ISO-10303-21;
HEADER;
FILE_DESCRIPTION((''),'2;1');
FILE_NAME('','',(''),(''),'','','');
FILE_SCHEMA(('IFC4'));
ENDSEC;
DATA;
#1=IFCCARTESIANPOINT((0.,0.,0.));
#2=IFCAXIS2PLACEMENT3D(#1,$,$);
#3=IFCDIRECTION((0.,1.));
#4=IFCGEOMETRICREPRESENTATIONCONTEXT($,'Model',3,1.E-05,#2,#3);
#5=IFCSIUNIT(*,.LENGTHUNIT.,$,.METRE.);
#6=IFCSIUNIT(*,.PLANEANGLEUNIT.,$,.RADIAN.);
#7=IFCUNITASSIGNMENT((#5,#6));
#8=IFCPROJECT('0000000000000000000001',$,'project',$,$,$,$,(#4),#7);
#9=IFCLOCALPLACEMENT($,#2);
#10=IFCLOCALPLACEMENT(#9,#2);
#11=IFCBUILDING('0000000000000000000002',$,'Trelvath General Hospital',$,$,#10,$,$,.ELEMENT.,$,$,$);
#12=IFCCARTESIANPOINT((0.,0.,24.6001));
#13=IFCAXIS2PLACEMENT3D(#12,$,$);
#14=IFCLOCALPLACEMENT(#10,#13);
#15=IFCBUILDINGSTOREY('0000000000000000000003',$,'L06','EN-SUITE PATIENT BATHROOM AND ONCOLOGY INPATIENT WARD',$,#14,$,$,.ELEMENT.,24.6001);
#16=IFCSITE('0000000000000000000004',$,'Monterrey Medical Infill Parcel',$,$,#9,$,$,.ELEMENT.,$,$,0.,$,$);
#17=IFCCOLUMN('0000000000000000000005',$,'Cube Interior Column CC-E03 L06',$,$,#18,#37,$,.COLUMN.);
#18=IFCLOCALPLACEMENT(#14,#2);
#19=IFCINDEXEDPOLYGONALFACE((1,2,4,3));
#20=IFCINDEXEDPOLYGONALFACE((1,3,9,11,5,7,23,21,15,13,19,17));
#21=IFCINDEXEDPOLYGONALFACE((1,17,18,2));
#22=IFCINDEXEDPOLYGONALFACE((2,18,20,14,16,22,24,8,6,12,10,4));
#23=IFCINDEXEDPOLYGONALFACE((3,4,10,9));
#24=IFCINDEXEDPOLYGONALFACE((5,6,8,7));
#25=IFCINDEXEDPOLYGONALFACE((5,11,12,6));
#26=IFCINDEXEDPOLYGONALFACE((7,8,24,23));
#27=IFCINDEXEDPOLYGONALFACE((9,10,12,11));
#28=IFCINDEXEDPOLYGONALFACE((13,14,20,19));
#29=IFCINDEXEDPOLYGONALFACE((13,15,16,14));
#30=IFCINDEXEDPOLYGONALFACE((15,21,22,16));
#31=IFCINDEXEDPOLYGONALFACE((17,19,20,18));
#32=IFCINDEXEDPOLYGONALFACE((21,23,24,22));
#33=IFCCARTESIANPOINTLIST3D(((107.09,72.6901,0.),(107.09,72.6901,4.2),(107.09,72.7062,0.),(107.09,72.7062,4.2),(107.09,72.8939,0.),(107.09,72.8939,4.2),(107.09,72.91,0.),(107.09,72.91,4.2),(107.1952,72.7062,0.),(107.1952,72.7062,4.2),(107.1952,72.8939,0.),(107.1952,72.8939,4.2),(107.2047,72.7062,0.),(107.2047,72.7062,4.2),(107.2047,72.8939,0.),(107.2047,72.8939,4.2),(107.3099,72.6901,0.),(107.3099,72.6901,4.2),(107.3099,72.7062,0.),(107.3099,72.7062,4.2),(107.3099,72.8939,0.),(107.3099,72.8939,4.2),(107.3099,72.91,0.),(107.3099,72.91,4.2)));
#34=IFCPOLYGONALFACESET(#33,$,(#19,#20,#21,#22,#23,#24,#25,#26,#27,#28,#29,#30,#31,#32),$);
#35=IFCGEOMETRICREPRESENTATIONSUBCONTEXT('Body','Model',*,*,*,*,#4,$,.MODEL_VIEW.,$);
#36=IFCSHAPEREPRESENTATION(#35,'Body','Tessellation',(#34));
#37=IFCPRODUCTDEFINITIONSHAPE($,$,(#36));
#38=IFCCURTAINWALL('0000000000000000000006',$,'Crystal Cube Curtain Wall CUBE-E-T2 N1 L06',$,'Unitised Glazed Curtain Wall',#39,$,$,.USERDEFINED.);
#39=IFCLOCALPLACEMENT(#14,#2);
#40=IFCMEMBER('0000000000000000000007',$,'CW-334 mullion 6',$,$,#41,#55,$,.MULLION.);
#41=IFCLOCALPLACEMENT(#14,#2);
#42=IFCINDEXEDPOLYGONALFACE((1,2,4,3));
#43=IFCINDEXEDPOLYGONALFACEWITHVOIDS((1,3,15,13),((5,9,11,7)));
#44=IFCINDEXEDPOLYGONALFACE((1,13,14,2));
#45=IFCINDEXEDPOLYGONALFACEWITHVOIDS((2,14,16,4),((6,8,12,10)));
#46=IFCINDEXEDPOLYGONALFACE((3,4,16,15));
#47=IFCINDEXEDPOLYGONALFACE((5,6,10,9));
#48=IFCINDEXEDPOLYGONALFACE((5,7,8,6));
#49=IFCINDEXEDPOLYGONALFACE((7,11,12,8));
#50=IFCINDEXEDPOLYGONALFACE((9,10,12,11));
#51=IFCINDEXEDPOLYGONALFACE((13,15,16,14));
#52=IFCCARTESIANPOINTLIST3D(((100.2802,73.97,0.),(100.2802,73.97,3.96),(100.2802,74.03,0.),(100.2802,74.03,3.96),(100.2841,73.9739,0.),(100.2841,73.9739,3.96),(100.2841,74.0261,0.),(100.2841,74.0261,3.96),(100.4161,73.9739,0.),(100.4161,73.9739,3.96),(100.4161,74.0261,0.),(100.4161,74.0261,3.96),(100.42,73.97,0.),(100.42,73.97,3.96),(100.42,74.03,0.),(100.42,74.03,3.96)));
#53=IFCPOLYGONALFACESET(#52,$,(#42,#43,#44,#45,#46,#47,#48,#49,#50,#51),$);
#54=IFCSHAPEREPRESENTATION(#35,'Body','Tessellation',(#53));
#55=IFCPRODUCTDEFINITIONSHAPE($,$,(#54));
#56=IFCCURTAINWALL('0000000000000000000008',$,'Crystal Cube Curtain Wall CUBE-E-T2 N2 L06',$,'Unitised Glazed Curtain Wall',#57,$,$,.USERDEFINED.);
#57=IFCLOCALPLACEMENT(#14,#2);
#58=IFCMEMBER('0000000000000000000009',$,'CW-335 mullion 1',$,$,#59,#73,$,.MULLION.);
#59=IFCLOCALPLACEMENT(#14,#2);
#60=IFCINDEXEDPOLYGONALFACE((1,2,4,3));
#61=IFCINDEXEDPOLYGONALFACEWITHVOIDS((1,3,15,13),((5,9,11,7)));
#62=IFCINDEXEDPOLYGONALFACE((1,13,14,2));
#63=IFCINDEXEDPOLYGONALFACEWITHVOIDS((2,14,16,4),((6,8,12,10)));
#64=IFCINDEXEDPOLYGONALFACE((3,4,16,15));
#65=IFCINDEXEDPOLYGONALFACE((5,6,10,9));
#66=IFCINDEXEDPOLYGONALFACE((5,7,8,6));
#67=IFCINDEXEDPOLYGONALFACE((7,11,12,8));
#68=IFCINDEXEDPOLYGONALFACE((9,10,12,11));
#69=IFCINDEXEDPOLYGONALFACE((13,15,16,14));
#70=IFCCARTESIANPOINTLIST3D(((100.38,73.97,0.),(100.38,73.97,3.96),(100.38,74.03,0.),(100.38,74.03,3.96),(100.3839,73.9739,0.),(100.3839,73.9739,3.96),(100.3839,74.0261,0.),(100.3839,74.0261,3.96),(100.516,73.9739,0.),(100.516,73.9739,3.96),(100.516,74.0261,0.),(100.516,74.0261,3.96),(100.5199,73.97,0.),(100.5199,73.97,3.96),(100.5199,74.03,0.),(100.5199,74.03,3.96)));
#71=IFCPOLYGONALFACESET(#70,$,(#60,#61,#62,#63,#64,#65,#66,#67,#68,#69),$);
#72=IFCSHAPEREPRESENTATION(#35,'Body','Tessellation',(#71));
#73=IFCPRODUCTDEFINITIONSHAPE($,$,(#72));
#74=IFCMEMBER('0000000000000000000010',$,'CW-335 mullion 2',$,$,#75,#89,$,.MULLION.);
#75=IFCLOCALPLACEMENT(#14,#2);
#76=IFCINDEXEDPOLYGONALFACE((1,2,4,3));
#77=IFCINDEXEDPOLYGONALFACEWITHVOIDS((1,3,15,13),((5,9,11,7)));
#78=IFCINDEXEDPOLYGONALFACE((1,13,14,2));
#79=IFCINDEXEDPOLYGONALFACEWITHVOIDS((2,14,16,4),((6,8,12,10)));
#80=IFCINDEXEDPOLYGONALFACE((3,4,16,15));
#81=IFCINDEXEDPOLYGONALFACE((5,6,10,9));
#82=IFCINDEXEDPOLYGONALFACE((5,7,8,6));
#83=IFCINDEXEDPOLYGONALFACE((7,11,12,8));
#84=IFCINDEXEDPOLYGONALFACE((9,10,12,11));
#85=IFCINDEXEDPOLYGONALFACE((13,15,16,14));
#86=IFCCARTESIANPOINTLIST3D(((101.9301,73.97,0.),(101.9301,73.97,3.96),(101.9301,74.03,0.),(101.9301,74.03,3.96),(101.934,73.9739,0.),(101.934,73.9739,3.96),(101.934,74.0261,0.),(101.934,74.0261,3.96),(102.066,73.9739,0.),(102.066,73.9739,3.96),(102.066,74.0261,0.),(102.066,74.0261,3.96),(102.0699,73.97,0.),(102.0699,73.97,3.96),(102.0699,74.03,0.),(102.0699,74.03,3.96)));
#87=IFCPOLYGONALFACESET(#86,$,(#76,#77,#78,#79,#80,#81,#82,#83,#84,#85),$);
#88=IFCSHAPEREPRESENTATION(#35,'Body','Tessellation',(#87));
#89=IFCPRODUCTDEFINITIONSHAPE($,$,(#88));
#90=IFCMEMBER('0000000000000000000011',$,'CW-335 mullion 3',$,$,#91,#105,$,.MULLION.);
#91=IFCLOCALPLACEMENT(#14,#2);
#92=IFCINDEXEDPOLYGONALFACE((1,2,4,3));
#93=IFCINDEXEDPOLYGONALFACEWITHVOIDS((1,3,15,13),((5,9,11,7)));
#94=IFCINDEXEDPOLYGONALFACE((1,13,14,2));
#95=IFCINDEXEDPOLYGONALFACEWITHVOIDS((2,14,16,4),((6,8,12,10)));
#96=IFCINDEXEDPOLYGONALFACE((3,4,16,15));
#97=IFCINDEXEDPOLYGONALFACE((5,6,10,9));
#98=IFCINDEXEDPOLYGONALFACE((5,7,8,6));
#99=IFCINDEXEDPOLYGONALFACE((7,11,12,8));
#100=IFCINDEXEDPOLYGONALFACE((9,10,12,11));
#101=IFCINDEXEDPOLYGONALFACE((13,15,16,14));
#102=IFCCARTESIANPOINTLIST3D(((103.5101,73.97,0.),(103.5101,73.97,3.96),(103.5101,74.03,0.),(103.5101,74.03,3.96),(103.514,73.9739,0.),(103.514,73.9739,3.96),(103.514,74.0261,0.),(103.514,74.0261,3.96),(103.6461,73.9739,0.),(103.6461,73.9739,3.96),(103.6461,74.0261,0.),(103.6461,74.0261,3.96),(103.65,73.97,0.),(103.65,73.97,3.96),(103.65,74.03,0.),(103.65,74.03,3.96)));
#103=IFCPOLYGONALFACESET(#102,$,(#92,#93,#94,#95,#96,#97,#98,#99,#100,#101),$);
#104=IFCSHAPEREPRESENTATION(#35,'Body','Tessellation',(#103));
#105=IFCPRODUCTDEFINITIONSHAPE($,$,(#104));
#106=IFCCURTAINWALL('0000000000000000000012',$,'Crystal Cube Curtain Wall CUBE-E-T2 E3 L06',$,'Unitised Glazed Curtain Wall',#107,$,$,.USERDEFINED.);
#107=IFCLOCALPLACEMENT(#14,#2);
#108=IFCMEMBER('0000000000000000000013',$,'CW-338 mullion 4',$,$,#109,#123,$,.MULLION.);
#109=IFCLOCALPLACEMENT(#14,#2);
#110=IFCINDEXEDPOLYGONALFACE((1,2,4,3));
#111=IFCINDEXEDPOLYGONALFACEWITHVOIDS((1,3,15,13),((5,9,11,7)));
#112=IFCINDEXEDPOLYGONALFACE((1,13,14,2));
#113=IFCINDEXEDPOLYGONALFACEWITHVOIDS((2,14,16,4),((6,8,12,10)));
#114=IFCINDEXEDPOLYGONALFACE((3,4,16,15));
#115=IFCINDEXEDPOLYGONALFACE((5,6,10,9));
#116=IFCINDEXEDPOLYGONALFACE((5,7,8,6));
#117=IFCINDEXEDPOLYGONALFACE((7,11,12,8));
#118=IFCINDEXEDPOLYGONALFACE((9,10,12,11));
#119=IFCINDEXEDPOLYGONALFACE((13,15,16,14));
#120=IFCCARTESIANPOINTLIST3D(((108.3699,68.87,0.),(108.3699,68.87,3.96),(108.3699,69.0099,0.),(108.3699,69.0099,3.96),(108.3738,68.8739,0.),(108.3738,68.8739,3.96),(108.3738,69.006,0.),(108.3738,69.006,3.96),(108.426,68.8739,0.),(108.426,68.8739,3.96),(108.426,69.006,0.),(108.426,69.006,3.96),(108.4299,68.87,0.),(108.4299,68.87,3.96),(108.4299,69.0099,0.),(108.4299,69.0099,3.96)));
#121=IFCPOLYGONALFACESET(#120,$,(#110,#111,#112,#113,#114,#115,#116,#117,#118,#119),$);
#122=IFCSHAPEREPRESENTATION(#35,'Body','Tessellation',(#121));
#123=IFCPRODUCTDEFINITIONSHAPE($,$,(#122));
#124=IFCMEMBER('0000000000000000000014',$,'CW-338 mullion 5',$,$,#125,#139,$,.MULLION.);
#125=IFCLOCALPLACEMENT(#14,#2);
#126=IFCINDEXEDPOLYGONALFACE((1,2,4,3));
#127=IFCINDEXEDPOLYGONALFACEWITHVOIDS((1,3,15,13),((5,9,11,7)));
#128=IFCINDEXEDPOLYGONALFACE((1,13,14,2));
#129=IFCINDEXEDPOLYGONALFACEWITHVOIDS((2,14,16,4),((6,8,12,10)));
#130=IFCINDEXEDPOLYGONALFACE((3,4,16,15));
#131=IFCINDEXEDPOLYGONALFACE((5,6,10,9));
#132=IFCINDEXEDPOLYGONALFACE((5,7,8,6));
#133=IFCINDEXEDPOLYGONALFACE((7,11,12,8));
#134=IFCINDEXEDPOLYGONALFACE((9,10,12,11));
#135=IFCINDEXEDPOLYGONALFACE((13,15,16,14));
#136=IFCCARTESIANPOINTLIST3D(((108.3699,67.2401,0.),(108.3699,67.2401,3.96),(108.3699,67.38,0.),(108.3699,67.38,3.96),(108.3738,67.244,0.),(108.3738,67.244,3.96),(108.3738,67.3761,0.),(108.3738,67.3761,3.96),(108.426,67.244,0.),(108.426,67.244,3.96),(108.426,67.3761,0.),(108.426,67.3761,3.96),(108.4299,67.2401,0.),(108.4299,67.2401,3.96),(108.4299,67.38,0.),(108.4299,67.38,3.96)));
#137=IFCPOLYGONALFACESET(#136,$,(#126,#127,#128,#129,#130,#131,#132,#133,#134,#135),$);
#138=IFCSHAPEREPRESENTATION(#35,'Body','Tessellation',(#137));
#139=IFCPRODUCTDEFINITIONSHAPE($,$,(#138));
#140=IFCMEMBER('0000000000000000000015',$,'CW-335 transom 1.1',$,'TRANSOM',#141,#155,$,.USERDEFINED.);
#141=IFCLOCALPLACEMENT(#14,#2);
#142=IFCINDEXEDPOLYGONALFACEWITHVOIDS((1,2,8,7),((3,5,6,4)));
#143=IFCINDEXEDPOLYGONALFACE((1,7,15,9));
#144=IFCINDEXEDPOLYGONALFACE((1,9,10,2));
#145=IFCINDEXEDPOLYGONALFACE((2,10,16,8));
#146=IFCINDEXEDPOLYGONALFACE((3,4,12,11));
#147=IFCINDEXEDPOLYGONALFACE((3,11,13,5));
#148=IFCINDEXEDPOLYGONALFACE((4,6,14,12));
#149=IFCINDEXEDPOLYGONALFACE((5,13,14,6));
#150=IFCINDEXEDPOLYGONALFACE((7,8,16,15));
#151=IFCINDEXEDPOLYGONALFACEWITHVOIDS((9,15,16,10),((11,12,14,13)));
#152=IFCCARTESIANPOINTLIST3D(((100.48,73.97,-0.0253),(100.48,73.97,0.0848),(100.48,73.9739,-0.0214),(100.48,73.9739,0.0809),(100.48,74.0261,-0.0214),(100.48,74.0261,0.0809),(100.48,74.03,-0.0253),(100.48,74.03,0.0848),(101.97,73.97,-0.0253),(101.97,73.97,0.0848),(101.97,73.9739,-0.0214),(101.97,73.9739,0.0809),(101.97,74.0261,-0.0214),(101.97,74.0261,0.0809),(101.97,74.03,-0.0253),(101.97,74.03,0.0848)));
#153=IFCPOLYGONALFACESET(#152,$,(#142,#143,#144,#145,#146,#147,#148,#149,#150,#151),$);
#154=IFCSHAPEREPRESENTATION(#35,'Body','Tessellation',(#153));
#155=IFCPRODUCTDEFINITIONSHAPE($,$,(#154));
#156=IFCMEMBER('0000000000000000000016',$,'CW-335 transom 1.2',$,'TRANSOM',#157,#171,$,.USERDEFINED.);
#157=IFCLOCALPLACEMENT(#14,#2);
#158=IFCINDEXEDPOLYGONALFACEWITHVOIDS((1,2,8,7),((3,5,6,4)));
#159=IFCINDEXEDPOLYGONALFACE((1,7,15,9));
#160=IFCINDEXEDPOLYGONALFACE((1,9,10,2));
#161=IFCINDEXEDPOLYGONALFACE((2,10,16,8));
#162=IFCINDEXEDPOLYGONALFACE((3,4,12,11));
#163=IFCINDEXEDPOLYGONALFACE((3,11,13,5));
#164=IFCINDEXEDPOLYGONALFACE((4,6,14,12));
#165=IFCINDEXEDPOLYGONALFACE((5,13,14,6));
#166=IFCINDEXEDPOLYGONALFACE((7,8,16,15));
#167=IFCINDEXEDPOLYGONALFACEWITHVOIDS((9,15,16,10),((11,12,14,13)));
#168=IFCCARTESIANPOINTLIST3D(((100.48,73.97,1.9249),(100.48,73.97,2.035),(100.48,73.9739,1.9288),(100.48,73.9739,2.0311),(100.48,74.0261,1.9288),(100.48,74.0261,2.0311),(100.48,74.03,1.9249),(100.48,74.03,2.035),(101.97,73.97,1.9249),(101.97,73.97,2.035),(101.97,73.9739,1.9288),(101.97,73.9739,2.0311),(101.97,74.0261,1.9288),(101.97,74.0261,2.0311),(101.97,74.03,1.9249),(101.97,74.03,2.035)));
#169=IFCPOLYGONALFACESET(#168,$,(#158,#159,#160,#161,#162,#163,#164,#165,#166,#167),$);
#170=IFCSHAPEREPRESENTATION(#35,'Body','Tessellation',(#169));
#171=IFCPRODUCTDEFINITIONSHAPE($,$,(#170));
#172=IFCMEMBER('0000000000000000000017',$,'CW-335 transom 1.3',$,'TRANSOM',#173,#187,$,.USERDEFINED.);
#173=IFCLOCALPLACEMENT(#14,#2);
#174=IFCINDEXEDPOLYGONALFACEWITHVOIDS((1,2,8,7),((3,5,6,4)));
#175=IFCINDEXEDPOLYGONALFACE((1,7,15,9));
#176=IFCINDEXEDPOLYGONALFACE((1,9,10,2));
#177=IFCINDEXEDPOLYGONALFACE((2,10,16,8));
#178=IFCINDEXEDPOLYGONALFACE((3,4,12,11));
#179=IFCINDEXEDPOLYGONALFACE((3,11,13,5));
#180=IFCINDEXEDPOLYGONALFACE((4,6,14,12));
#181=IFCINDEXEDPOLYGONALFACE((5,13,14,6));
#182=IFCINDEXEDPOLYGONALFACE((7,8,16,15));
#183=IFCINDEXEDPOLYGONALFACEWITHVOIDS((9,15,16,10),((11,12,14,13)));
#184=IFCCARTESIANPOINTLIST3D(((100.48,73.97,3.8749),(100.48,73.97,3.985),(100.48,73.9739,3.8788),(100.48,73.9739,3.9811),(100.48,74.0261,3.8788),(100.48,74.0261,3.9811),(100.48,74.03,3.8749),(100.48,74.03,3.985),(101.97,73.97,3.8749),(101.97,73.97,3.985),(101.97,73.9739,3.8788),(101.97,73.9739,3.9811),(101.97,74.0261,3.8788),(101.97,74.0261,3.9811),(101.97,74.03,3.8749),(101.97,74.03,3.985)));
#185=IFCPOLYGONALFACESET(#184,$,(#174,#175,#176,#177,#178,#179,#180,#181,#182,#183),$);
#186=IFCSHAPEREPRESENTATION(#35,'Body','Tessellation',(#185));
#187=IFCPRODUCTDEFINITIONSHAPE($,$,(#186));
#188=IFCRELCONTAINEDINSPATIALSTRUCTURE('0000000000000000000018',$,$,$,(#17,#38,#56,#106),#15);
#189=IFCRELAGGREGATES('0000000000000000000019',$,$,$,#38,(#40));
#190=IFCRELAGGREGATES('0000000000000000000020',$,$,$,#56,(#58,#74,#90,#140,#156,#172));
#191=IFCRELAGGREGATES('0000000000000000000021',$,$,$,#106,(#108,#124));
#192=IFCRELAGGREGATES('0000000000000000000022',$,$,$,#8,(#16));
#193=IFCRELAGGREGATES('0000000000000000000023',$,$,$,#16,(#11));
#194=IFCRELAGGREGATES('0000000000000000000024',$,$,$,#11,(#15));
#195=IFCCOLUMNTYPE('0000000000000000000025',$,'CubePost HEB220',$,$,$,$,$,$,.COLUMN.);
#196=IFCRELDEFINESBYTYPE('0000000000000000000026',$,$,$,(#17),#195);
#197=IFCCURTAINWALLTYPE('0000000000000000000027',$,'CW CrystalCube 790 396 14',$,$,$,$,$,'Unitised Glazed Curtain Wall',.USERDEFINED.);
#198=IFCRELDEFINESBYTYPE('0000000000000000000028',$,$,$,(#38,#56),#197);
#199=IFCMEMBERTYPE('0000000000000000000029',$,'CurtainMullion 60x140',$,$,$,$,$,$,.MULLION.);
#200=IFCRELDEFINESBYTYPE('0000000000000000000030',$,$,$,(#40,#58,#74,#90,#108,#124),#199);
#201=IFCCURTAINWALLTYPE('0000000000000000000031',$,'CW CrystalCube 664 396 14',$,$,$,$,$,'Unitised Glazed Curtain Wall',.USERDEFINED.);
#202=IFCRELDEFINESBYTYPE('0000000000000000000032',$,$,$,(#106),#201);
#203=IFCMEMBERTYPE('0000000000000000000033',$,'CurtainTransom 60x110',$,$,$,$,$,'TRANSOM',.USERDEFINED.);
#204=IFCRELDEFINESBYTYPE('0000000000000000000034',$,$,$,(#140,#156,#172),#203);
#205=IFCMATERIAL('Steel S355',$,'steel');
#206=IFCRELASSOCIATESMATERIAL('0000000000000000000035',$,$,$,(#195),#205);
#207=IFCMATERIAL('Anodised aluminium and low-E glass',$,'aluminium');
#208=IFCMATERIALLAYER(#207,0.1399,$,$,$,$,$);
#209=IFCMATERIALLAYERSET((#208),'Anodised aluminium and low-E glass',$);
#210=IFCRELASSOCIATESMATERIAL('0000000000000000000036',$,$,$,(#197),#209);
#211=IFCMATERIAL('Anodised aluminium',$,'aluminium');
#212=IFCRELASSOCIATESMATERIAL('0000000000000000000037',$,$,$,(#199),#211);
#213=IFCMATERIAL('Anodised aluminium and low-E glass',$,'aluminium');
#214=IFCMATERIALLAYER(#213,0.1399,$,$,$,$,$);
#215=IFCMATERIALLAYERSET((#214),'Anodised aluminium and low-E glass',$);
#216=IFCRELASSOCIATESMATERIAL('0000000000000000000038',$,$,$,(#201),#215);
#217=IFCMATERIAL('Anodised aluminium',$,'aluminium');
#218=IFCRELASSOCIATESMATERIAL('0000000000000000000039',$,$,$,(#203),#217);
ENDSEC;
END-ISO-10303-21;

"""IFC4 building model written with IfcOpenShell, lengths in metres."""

from ifc_helpers import new_model, si_unit, direction, frame, origin, origin_2d, place, context, subcontext, project, spatial, hollow_rectangle, i_section, extrude, material, layer, layer_set, material_profile, profile_set, type_object, element, aggregate, save


model = new_model("IFC4")

# Units and contexts
model_context = context("Model", 3, precision=1e-05, world=origin(), true_north=direction((0.0, 1.0)))
body_context = subcontext(model_context, "Body", "Model", "MODEL_VIEW")
ifc_project = project(units=[si_unit("LENGTHUNIT", "METRE"), si_unit("PLANEANGLEUNIT", "RADIAN")], contexts=[model_context])

# Site, building, storey
site_placement = place(None, origin())
site = spatial("IfcSite", under=ifc_project, at=site_placement, Name="Monterrey Medical Infill Parcel", CompositionType="ELEMENT", RefElevation=0.0)
building_placement = place(site_placement, origin())
building = spatial("IfcBuilding", under=site, at=building_placement, Name="Trelvath General Hospital", CompositionType="ELEMENT")
storey_placement = place(building_placement, frame((0.0, 0.0, 24.6001)))
storey = spatial("IfcBuildingStorey", under=building, at=storey_placement, Name="L06", Description="EN-SUITE PATIENT BATHROOM AND ONCOLOGY INPATIENT WARD", CompositionType="ELEMENT", Elevation=24.6001)

# Column
ifc_material_1 = material(Name="Steel S355", Category="steel")
ifc_material_profile_1 = material_profile(ifc_material_1, i_section(OverallWidth=0.22, OverallDepth=0.22, WebThickness=0.0095, FlangeThickness=0.0161, at=origin_2d()), Name="HEB220")
ifc_profile_set_1 = profile_set([ifc_material_profile_1], Name="Steel S355")
column_type = type_object("IfcColumnType", Name="CubePost HEB220", PredefinedType="COLUMN", material=ifc_profile_set_1)
column_placement = place(storey_placement, frame((107.2, 72.8, 0.0), z_axis=(0.0, 0.0, 1.0), x_axis=(1.0, 0.0, 0.0)))
element("IfcColumn", 1, at=column_placement, inside=storey, type_object=column_type, Name="Cube Interior Column CC-E03 L06", PredefinedType="COLUMN", context=body_context, shape_type="SweptSolid", body=[
    extrude(i_section(OverallWidth=0.22, OverallDepth=0.22, WebThickness=0.0095, FlangeThickness=0.0161, at=origin_2d()), origin(), (0.0, 0.0, 1.0), 4.2),
])

# Curtain wall, member
ifc_material_2 = material(Name="Anodised aluminium and low-E glass", Category="aluminium")
ifc_layer_1 = layer(ifc_material_2, 0.1399)
ifc_layer_set_1 = layer_set([ifc_layer_1], Name="Anodised aluminium and low-E glass")
curtain_wall_type_1 = type_object("IfcCurtainWallType", Name="CW CrystalCube 790 396 14", ElementType="Unitised Glazed Curtain Wall", PredefinedType="USERDEFINED", material=ifc_layer_set_1)
curtain_wall_1_placement = place(storey_placement, origin())
curtain_wall_1 = element("IfcCurtainWall", 2, at=curtain_wall_1_placement, inside=storey, type_object=curtain_wall_type_1, Name="Crystal Cube Curtain Wall CUBE-E-T2 N1 L06", ObjectType="Unitised Glazed Curtain Wall", PredefinedType="USERDEFINED")
ifc_material_3 = material(Name="Anodised aluminium", Category="aluminium")
ifc_material_profile_2 = material_profile(ifc_material_3, hollow_rectangle(XDim=0.0601, YDim=0.1399, WallThickness=0.0039, at=origin_2d()), Name="RHS60x140x4")
ifc_profile_set_2 = profile_set([ifc_material_profile_2], Name="Anodised aluminium")
member_type_1 = type_object("IfcMemberType", Name="CurtainMullion 60x140", PredefinedType="MULLION", material=ifc_profile_set_2)
member_1_placement = place(storey_placement, frame((100.3501, 74.0, 0.0), z_axis=(0.0, 0.0, 1.0), x_axis=(0.0, 1.0, 0.0)))
member_1 = element("IfcMember", 3, at=member_1_placement, type_object=member_type_1, Name="CW-334 mullion 6", PredefinedType="MULLION", context=body_context, shape_type="SweptSolid", body=[
    extrude(hollow_rectangle(XDim=0.0601, YDim=0.1399, WallThickness=0.0039, at=origin_2d()), origin(), (0.0, 0.0, 1.0), 3.96),
])

# Curtain walls, members
curtain_wall_2_placement = place(storey_placement, origin())
curtain_wall_2 = element("IfcCurtainWall", 4, at=curtain_wall_2_placement, inside=storey, type_object=curtain_wall_type_1, Name="Crystal Cube Curtain Wall CUBE-E-T2 N2 L06", ObjectType="Unitised Glazed Curtain Wall", PredefinedType="USERDEFINED")
member_2_placement = place(storey_placement, frame((100.45, 74.0, 0.0), z_axis=(0.0, 0.0, 1.0), x_axis=(0.0, 1.0, 0.0)))
member_2 = element("IfcMember", 5, at=member_2_placement, type_object=member_type_1, Name="CW-335 mullion 1", PredefinedType="MULLION", context=body_context, shape_type="SweptSolid", body=[
    extrude(hollow_rectangle(XDim=0.0601, YDim=0.1399, WallThickness=0.0039, at=origin_2d()), origin(), (0.0, 0.0, 1.0), 3.96),
])
member_3_placement = place(storey_placement, frame((102.0, 74.0, 0.0), z_axis=(0.0, 0.0, 1.0), x_axis=(0.0, 1.0, 0.0)))
member_3 = element("IfcMember", 6, at=member_3_placement, type_object=member_type_1, Name="CW-335 mullion 2", PredefinedType="MULLION", context=body_context, shape_type="SweptSolid", body=[
    extrude(hollow_rectangle(XDim=0.0601, YDim=0.1399, WallThickness=0.0039, at=origin_2d()), origin(), (0.0, 0.0, 1.0), 3.96),
])
member_4_placement = place(storey_placement, frame((103.5801, 74.0, 0.0), z_axis=(0.0, 0.0, 1.0), x_axis=(0.0, 1.0, 0.0)))
member_4 = element("IfcMember", 7, at=member_4_placement, type_object=member_type_1, Name="CW-335 mullion 3", PredefinedType="MULLION", context=body_context, shape_type="SweptSolid", body=[
    extrude(hollow_rectangle(XDim=0.0601, YDim=0.1399, WallThickness=0.0039, at=origin_2d()), origin(), (0.0, 0.0, 1.0), 3.96),
])
ifc_material_4 = material(Name="Anodised aluminium and low-E glass", Category="aluminium")
ifc_layer_2 = layer(ifc_material_4, 0.1399)
ifc_layer_set_2 = layer_set([ifc_layer_2], Name="Anodised aluminium and low-E glass")
curtain_wall_type_2 = type_object("IfcCurtainWallType", Name="CW CrystalCube 664 396 14", ElementType="Unitised Glazed Curtain Wall", PredefinedType="USERDEFINED", material=ifc_layer_set_2)
curtain_wall_3_placement = place(storey_placement, origin())
curtain_wall_3 = element("IfcCurtainWall", 8, at=curtain_wall_3_placement, inside=storey, type_object=curtain_wall_type_2, Name="Crystal Cube Curtain Wall CUBE-E-T2 E3 L06", ObjectType="Unitised Glazed Curtain Wall", PredefinedType="USERDEFINED")
member_5_placement = place(storey_placement, frame((108.3999, 68.9399, 0.0), z_axis=(0.0, 0.0, 1.0), x_axis=(1.0, 0.0, 0.0)))
member_5 = element("IfcMember", 9, at=member_5_placement, type_object=member_type_1, Name="CW-338 mullion 4", PredefinedType="MULLION", context=body_context, shape_type="SweptSolid", body=[
    extrude(hollow_rectangle(XDim=0.0601, YDim=0.1399, WallThickness=0.0039, at=origin_2d()), origin(), (0.0, 0.0, 1.0), 3.96),
])
member_6_placement = place(storey_placement, frame((108.3999, 67.3101, 0.0), z_axis=(0.0, 0.0, 1.0), x_axis=(1.0, 0.0, 0.0)))
member_6 = element("IfcMember", 10, at=member_6_placement, type_object=member_type_1, Name="CW-338 mullion 5", PredefinedType="MULLION", context=body_context, shape_type="SweptSolid", body=[
    extrude(hollow_rectangle(XDim=0.0601, YDim=0.1399, WallThickness=0.0039, at=origin_2d()), origin(), (0.0, 0.0, 1.0), 3.96),
])

# Members
ifc_material_5 = material(Name="Anodised aluminium", Category="aluminium")
ifc_material_profile_3 = material_profile(ifc_material_5, hollow_rectangle(XDim=0.0601, YDim=0.1101, WallThickness=0.0039, at=origin_2d()), Name="RHS60x110x4")
ifc_profile_set_3 = profile_set([ifc_material_profile_3], Name="Anodised aluminium")
member_type_2 = type_object("IfcMemberType", Name="CurtainTransom 60x110", ElementType="TRANSOM", PredefinedType="USERDEFINED", material=ifc_profile_set_3)
member_7_placement = place(storey_placement, frame((100.48, 74.0, 0.0298), z_axis=(1.0, 0.0, 0.0), x_axis=(0.0, 1.0, 0.0)))
member_7 = element("IfcMember", 11, at=member_7_placement, type_object=member_type_2, Name="CW-335 transom 1.1", ObjectType="TRANSOM", PredefinedType="USERDEFINED", context=body_context, shape_type="SweptSolid", body=[
    extrude(hollow_rectangle(XDim=0.0601, YDim=0.1101, WallThickness=0.0039, at=origin_2d()), origin(), (0.0, 0.0, 1.0), 1.49),
])
member_8_placement = place(storey_placement, frame((100.48, 74.0, 1.98), z_axis=(1.0, 0.0, 0.0), x_axis=(0.0, 1.0, 0.0)))
member_8 = element("IfcMember", 12, at=member_8_placement, type_object=member_type_2, Name="CW-335 transom 1.2", ObjectType="TRANSOM", PredefinedType="USERDEFINED", context=body_context, shape_type="SweptSolid", body=[
    extrude(hollow_rectangle(XDim=0.0601, YDim=0.1101, WallThickness=0.0039, at=origin_2d()), origin(), (0.0, 0.0, 1.0), 1.49),
])
member_9_placement = place(storey_placement, frame((100.48, 74.0, 3.9299), z_axis=(1.0, 0.0, 0.0), x_axis=(0.0, 1.0, 0.0)))
member_9 = element("IfcMember", 13, at=member_9_placement, type_object=member_type_2, Name="CW-335 transom 1.3", ObjectType="TRANSOM", PredefinedType="USERDEFINED", context=body_context, shape_type="SweptSolid", body=[
    extrude(hollow_rectangle(XDim=0.0601, YDim=0.1101, WallThickness=0.0039, at=origin_2d()), origin(), (0.0, 0.0, 1.0), 1.49),
])

aggregate(curtain_wall_1, [member_1])
aggregate(curtain_wall_2, [member_2, member_3, member_4, member_7, member_8, member_9])
aggregate(curtain_wall_3, [member_5, member_6])

save(model, "model.ifc")
